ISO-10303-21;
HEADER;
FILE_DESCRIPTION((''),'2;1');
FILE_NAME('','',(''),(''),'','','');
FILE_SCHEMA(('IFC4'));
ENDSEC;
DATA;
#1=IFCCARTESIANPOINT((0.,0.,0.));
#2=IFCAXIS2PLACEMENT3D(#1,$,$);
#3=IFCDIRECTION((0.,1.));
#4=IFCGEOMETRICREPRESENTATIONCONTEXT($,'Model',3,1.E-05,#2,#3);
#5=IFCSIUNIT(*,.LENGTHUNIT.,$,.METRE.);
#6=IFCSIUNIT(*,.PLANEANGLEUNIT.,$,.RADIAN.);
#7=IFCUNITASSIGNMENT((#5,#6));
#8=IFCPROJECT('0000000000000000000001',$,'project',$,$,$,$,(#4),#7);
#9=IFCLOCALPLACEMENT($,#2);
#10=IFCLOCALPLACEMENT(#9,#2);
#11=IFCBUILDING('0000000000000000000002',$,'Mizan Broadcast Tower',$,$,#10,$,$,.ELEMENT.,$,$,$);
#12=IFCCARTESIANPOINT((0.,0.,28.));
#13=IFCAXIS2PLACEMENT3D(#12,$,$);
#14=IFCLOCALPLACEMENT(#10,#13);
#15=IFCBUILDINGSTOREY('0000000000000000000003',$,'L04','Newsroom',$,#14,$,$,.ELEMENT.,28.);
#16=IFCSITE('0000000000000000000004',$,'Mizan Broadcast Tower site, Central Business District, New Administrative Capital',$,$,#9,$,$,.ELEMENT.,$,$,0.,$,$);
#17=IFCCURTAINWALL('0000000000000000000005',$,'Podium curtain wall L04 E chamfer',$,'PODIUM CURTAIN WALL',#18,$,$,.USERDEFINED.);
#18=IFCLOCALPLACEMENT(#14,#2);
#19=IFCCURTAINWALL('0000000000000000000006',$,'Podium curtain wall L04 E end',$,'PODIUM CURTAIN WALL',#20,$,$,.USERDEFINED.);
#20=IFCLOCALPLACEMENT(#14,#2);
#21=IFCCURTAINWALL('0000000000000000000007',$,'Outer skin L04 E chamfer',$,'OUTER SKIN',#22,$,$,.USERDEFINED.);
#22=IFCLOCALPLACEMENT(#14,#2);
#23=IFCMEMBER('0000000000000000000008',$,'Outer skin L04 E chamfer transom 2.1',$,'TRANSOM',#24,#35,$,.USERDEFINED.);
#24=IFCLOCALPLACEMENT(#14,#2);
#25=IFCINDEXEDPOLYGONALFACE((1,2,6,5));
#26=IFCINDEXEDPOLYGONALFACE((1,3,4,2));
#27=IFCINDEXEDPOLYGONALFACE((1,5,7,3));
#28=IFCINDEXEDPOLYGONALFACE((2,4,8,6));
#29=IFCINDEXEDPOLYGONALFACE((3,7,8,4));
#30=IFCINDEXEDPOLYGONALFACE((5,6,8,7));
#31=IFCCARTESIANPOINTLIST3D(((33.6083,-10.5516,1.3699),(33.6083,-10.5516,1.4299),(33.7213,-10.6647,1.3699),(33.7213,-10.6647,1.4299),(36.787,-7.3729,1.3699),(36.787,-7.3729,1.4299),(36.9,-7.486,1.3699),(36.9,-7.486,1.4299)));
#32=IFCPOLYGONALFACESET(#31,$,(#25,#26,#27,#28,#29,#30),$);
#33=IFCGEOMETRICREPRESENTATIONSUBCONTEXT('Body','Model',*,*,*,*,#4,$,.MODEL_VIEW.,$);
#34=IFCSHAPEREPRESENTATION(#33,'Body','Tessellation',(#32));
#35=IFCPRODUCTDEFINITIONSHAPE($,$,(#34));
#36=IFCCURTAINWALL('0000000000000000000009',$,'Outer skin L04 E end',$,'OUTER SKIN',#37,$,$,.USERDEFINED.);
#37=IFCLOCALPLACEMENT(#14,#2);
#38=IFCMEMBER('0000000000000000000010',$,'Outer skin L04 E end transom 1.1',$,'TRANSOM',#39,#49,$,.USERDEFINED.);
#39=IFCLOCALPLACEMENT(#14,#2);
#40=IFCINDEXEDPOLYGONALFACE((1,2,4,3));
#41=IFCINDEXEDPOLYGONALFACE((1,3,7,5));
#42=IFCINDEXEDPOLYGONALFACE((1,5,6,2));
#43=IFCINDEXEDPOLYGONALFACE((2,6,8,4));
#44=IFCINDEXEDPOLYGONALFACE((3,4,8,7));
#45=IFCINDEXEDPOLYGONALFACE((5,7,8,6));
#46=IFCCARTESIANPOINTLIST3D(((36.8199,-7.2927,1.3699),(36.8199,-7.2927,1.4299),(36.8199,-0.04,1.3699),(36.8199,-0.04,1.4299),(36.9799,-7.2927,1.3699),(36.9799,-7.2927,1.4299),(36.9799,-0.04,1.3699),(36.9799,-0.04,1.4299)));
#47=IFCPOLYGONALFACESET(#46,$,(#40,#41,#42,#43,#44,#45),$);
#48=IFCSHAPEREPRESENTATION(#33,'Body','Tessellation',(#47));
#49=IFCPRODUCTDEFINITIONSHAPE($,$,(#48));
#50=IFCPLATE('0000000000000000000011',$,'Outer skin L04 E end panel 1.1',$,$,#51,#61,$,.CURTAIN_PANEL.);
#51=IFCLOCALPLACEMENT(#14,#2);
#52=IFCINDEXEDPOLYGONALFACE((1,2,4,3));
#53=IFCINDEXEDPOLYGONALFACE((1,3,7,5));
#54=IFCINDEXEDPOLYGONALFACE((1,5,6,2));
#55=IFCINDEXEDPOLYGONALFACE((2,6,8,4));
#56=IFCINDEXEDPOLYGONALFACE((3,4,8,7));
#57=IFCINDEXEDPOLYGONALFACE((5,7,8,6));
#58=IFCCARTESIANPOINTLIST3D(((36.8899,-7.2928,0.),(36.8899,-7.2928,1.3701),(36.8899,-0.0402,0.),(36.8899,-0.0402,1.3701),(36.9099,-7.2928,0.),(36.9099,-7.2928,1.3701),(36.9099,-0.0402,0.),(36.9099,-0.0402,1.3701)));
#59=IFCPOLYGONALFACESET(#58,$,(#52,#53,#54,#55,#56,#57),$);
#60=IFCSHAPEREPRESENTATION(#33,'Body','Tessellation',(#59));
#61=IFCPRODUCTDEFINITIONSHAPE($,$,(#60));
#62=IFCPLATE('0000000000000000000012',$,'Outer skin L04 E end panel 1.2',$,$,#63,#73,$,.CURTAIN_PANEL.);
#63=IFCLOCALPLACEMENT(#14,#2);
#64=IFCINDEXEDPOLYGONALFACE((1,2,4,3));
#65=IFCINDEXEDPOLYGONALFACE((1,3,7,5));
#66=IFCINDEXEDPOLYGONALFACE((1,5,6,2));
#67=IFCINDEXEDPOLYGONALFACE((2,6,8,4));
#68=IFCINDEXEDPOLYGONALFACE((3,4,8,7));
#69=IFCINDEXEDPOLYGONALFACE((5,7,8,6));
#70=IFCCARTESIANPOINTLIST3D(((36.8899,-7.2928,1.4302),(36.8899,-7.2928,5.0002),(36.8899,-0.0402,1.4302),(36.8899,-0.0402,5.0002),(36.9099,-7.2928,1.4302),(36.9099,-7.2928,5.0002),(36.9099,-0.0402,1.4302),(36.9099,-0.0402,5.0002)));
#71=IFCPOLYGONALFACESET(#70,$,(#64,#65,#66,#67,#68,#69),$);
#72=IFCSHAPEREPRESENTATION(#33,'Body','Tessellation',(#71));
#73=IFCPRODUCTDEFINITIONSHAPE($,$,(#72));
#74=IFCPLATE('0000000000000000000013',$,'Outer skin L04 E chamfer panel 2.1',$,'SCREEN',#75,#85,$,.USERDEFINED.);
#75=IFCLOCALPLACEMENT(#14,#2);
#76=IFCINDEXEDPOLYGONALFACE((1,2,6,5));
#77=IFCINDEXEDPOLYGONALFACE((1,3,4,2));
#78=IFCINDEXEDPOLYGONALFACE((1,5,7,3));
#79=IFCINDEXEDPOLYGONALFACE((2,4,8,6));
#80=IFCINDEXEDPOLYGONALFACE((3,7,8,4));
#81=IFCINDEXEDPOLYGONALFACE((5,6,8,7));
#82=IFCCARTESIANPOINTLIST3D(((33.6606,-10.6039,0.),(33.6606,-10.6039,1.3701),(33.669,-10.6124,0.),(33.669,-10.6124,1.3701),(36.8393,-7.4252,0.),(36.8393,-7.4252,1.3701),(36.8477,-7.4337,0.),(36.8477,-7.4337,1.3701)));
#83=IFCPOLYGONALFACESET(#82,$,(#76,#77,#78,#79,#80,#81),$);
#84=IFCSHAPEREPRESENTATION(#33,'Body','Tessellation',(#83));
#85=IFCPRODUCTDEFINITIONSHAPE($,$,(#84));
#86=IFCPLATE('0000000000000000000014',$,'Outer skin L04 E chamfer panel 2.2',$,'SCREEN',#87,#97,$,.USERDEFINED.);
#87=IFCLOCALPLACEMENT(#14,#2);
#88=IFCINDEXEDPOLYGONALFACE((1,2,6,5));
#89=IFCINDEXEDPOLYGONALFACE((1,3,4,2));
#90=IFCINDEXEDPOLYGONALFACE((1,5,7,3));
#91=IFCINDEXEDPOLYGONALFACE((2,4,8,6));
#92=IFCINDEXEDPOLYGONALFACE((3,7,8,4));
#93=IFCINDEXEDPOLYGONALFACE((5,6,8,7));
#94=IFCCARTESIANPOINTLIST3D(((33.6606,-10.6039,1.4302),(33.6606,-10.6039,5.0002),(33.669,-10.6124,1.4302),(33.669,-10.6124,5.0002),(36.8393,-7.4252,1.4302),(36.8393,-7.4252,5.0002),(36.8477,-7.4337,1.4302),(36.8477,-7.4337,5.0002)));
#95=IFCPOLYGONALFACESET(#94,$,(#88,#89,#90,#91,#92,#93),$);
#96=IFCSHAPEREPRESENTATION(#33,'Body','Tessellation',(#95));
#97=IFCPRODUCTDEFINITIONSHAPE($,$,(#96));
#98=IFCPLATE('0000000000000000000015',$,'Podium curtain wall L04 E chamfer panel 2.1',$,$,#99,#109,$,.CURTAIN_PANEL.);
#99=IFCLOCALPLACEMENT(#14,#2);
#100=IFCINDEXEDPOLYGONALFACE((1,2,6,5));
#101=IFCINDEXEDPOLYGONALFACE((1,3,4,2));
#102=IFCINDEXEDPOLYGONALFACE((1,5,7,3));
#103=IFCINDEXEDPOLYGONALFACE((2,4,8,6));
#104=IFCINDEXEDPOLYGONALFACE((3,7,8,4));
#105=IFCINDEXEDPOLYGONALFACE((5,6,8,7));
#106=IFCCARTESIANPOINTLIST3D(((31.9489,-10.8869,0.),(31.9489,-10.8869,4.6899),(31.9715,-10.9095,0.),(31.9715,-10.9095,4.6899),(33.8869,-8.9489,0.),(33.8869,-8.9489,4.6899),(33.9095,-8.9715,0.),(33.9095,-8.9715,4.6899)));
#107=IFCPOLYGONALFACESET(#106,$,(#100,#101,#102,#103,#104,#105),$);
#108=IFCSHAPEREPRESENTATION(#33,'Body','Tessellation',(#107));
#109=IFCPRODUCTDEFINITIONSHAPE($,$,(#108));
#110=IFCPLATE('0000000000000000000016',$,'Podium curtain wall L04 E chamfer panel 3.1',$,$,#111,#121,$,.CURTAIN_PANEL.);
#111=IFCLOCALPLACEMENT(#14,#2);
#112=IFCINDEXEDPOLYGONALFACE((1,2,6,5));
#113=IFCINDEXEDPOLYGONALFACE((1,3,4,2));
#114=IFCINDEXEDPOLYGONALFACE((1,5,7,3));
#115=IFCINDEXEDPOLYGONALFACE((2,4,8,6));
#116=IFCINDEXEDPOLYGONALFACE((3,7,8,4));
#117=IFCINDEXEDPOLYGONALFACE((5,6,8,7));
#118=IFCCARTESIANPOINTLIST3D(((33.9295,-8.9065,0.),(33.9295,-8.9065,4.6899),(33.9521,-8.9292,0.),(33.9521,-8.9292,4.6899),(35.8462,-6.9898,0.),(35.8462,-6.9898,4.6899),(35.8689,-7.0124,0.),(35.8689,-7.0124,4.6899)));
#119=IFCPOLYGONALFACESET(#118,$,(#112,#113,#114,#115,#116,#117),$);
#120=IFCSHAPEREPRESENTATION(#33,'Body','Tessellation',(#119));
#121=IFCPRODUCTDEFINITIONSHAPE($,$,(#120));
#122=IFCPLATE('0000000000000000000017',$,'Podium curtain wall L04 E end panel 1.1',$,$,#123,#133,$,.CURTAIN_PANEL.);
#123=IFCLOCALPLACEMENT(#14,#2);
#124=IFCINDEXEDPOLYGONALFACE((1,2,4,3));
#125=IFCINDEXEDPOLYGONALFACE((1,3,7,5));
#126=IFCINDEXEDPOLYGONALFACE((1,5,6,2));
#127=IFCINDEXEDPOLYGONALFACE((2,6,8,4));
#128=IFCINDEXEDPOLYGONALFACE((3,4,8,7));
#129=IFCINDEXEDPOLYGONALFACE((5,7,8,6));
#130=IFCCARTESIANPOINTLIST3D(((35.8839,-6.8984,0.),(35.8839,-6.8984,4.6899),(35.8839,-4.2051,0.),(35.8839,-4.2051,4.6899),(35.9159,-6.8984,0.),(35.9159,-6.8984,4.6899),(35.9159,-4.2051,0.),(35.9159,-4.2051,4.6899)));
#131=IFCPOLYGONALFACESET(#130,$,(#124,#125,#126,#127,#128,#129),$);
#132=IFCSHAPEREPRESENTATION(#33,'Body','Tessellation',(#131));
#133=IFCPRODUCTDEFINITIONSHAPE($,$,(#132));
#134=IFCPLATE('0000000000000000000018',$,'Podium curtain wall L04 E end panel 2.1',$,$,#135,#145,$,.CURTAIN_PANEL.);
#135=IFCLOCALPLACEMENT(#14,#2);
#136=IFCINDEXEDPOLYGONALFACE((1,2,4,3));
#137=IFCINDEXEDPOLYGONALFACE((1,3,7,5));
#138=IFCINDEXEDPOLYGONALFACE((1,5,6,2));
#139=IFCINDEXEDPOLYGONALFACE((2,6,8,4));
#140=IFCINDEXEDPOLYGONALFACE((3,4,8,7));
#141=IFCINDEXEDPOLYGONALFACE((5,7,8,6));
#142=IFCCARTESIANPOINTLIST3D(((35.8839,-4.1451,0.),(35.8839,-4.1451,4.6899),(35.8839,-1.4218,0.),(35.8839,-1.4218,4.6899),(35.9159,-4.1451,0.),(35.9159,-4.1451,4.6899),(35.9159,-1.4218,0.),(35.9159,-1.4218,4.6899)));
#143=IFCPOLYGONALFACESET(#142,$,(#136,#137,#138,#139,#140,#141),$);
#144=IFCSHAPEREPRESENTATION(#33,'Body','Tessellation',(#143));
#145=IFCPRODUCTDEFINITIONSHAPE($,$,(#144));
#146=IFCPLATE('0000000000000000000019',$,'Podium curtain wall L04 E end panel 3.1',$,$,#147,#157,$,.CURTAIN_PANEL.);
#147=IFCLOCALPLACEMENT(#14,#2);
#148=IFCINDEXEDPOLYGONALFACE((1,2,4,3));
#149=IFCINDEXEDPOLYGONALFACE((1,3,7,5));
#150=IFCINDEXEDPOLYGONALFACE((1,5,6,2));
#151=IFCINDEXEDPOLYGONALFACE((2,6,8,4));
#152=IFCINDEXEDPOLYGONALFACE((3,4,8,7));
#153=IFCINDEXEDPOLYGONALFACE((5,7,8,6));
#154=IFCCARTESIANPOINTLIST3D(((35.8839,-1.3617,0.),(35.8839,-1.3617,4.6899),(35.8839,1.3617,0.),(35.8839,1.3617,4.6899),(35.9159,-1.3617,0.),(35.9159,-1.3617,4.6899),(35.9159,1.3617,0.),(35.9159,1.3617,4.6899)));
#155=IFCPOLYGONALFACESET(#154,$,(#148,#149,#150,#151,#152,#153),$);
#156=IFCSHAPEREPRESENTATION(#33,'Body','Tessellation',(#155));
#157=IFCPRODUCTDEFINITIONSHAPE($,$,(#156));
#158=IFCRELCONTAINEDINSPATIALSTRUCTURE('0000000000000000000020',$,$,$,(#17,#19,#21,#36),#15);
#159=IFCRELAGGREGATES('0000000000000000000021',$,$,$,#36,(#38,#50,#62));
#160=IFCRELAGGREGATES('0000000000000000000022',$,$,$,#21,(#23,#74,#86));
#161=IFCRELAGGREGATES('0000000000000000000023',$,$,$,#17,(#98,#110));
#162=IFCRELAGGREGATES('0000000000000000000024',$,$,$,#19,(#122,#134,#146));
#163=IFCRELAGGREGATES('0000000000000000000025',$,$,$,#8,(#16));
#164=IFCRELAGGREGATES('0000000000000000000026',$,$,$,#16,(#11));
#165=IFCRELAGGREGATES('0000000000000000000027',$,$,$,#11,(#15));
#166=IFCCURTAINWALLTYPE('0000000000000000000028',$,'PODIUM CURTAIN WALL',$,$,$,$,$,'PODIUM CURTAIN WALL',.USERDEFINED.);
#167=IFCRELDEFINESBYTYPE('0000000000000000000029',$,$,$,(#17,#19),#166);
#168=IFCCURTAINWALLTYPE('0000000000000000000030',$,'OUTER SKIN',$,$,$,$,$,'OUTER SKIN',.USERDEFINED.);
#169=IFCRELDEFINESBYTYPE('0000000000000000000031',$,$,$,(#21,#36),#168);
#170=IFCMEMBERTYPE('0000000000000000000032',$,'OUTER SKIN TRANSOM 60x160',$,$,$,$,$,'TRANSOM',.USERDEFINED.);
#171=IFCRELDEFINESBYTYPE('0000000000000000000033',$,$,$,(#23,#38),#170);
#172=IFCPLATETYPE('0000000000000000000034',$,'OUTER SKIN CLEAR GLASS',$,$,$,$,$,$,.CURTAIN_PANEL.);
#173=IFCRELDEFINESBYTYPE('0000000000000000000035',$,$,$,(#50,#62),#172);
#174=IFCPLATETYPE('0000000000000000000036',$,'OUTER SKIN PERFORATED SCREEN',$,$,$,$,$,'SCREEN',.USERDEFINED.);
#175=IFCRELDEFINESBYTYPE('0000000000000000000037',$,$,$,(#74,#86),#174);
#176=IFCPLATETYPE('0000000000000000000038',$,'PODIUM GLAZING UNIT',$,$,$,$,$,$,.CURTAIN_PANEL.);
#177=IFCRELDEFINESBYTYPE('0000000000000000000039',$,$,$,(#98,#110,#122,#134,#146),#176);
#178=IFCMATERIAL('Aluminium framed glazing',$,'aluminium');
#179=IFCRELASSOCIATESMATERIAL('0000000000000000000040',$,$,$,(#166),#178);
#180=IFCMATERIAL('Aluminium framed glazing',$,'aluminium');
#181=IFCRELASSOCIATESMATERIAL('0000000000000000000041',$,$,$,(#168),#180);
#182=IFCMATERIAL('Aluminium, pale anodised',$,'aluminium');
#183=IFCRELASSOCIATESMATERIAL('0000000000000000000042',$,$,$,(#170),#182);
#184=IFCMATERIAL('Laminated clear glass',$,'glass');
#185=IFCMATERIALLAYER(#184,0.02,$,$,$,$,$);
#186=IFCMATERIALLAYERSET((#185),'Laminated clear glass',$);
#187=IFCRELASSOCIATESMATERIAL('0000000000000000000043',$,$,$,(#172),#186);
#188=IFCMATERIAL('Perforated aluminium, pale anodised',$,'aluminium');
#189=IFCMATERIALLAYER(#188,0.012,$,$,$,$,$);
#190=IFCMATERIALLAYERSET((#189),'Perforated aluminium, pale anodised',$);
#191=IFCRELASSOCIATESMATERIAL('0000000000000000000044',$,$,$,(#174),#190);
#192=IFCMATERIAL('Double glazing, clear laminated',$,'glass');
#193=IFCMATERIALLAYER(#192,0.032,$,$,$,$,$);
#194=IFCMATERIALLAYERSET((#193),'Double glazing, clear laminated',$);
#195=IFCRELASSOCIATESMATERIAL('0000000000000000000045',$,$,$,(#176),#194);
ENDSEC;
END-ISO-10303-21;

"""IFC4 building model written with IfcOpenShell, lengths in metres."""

from ifc_helpers import new_model, si_unit, direction, frame, origin, origin_2d, place, context, subcontext, project, spatial, rectangle, extrude, material, layer, layer_set, material_profile, profile_set, type_object, element, aggregate, save


model = new_model("IFC4")

# Units and contexts
model_context = context("Model", 3, precision=1e-05, world=origin(), true_north=direction((0.0, 1.0)))
body_context = subcontext(model_context, "Body", "Model", "MODEL_VIEW")
ifc_project = project(units=[si_unit("LENGTHUNIT", "METRE"), si_unit("PLANEANGLEUNIT", "RADIAN")], contexts=[model_context])

# Site, building, storey
site_placement = place(None, origin())
site = spatial("IfcSite", under=ifc_project, at=site_placement, Name="Mizan Broadcast Tower site, Central Business District, New Administrative Capital", CompositionType="ELEMENT", RefElevation=0.0)
building_placement = place(site_placement, origin())
building = spatial("IfcBuilding", under=site, at=building_placement, Name="Mizan Broadcast Tower", CompositionType="ELEMENT")
storey_placement = place(building_placement, frame((0.0, 0.0, 28.0)))
storey = spatial("IfcBuildingStorey", under=building, at=storey_placement, Name="L04", Description="Newsroom", CompositionType="ELEMENT", Elevation=28.0)

# Curtain walls
ifc_material_1 = material(Name="Aluminium framed glazing", Category="aluminium")
curtain_wall_type_1 = type_object("IfcCurtainWallType", Name="PODIUM CURTAIN WALL", ElementType="PODIUM CURTAIN WALL", PredefinedType="USERDEFINED", material=ifc_material_1)
curtain_wall_1_placement = place(storey_placement, origin())
curtain_wall_1 = element("IfcCurtainWall", 1, at=curtain_wall_1_placement, inside=storey, type_object=curtain_wall_type_1, Name="Podium curtain wall L04 E chamfer", ObjectType="PODIUM CURTAIN WALL", PredefinedType="USERDEFINED")
curtain_wall_2_placement = place(storey_placement, origin())
curtain_wall_2 = element("IfcCurtainWall", 2, at=curtain_wall_2_placement, inside=storey, type_object=curtain_wall_type_1, Name="Podium curtain wall L04 E end", ObjectType="PODIUM CURTAIN WALL", PredefinedType="USERDEFINED")

# Curtain wall, member
ifc_material_2 = material(Name="Aluminium framed glazing", Category="aluminium")
curtain_wall_type_2 = type_object("IfcCurtainWallType", Name="OUTER SKIN", ElementType="OUTER SKIN", PredefinedType="USERDEFINED", material=ifc_material_2)
curtain_wall_3_placement = place(storey_placement, origin())
curtain_wall_3 = element("IfcCurtainWall", 3, at=curtain_wall_3_placement, inside=storey, type_object=curtain_wall_type_2, Name="Outer skin L04 E chamfer", ObjectType="OUTER SKIN", PredefinedType="USERDEFINED")
ifc_material_3 = material(Name="Aluminium, pale anodised", Category="aluminium")
ifc_material_profile_1 = material_profile(ifc_material_3, rectangle(XDim=0.1599, YDim=0.0601, at=origin_2d()), Name="TRANSOM 160x60")
ifc_profile_set_1 = profile_set([ifc_material_profile_1], Name="Aluminium, pale anodised")
member_type_1 = type_object("IfcMemberType", Name="OUTER SKIN TRANSOM 60x160", ElementType="TRANSOM", PredefinedType="USERDEFINED", material=ifc_profile_set_1)
member_1_placement = place(storey_placement, frame((33.6648, -10.6082, 1.3999), z_axis=(0.707107, 0.707107, 0.0), x_axis=(-0.707107, 0.707107, 0.0)))
member_1 = element("IfcMember", 4, at=member_1_placement, type_object=member_type_1, Name="Outer skin L04 E chamfer transom 2.1", ObjectType="TRANSOM", PredefinedType="USERDEFINED", context=body_context, shape_type="SweptSolid", body=[
    extrude(rectangle(XDim=0.1599, YDim=0.0601, at=origin_2d()), origin(), (0.0, 0.0, 1.0), 4.4954),
])

# Curtain wall, member, plates
curtain_wall_4_placement = place(storey_placement, origin())
curtain_wall_4 = element("IfcCurtainWall", 5, at=curtain_wall_4_placement, inside=storey, type_object=curtain_wall_type_2, Name="Outer skin L04 E end", ObjectType="OUTER SKIN", PredefinedType="USERDEFINED")
member_2_placement = place(storey_placement, frame((36.8999, -7.2927, 1.3999), z_axis=(0.0, 1.0, 0.0), x_axis=(-1.0, 0.0, 0.0)))
member_2 = element("IfcMember", 6, at=member_2_placement, type_object=member_type_1, Name="Outer skin L04 E end transom 1.1", ObjectType="TRANSOM", PredefinedType="USERDEFINED", context=body_context, shape_type="SweptSolid", body=[
    extrude(rectangle(XDim=0.1599, YDim=0.0601, at=origin_2d()), origin(), (0.0, 0.0, 1.0), 7.2527),
])
ifc_material_4 = material(Name="Laminated clear glass", Category="glass")
ifc_layer_1 = layer(ifc_material_4, 0.02)
ifc_layer_set_1 = layer_set([ifc_layer_1], Name="Laminated clear glass")
plate_type_1 = type_object("IfcPlateType", Name="OUTER SKIN CLEAR GLASS", PredefinedType="CURTAIN_PANEL", material=ifc_layer_set_1)
plate_1_placement = place(storey_placement, frame((36.8999, -3.6665, 0.0), z_axis=(0.0, 0.0, 1.0), x_axis=(0.0, 1.0, 0.0)))
plate_1 = element("IfcPlate", 7, at=plate_1_placement, type_object=plate_type_1, Name="Outer skin L04 E end panel 1.1", PredefinedType="CURTAIN_PANEL", context=body_context, shape_type="SweptSolid", body=[
    extrude(rectangle(XDim=7.2527, YDim=0.02, at=origin_2d()), origin(), (0.0, 0.0, 1.0), 1.3701),
])
plate_2_placement = place(storey_placement, frame((36.8999, -3.6665, 1.4302), z_axis=(0.0, 0.0, 1.0), x_axis=(0.0, 1.0, 0.0)))
plate_2 = element("IfcPlate", 8, at=plate_2_placement, type_object=plate_type_1, Name="Outer skin L04 E end panel 1.2", PredefinedType="CURTAIN_PANEL", context=body_context, shape_type="SweptSolid", body=[
    extrude(rectangle(XDim=7.2527, YDim=0.02, at=origin_2d()), origin(), (0.0, 0.0, 1.0), 3.5701),
])
aggregate(curtain_wall_4, [member_2, plate_1, plate_2])

# Plates
ifc_material_5 = material(Name="Perforated aluminium, pale anodised", Category="aluminium")
ifc_layer_2 = layer(ifc_material_5, 0.012)
ifc_layer_set_2 = layer_set([ifc_layer_2], Name="Perforated aluminium, pale anodised")
plate_type_2 = type_object("IfcPlateType", Name="OUTER SKIN PERFORATED SCREEN", ElementType="SCREEN", PredefinedType="USERDEFINED", material=ifc_layer_set_2)
plate_3_placement = place(storey_placement, frame((35.2542, -9.0188, 0.0), z_axis=(0.0, 0.0, 1.0), x_axis=(0.707107, 0.707107, 0.0)))
plate_3 = element("IfcPlate", 9, at=plate_3_placement, type_object=plate_type_2, Name="Outer skin L04 E chamfer panel 2.1", ObjectType="SCREEN", PredefinedType="USERDEFINED", context=body_context, shape_type="SweptSolid", body=[
    extrude(rectangle(XDim=4.4954, YDim=0.012, at=origin_2d()), origin(), (0.0, 0.0, 1.0), 1.3701),
])
plate_4_placement = place(storey_placement, frame((35.2542, -9.0188, 1.4302), z_axis=(0.0, 0.0, 1.0), x_axis=(0.707107, 0.707107, 0.0)))
plate_4 = element("IfcPlate", 10, at=plate_4_placement, type_object=plate_type_2, Name="Outer skin L04 E chamfer panel 2.2", ObjectType="SCREEN", PredefinedType="USERDEFINED", context=body_context, shape_type="SweptSolid", body=[
    extrude(rectangle(XDim=4.4954, YDim=0.012, at=origin_2d()), origin(), (0.0, 0.0, 1.0), 3.5701),
])
aggregate(curtain_wall_3, [member_1, plate_3, plate_4])
ifc_material_6 = material(Name="Double glazing, clear laminated", Category="glass")
ifc_layer_3 = layer(ifc_material_6, 0.032)
ifc_layer_set_3 = layer_set([ifc_layer_3], Name="Double glazing, clear laminated")
plate_type_3 = type_object("IfcPlateType", Name="PODIUM GLAZING UNIT", PredefinedType="CURTAIN_PANEL", material=ifc_layer_set_3)
plate_5_placement = place(storey_placement, frame((32.9292, -9.9292, 0.0), z_axis=(0.0, 0.0, 1.0), x_axis=(0.707107, 0.707107, 0.0)))
plate_5 = element("IfcPlate", 11, at=plate_5_placement, type_object=plate_type_3, Name="Podium curtain wall L04 E chamfer panel 2.1", PredefinedType="CURTAIN_PANEL", context=body_context, shape_type="SweptSolid", body=[
    extrude(rectangle(XDim=2.7407, YDim=0.032, at=origin_2d()), origin(), (0.0, 0.0, 1.0), 4.6899),
])
plate_6_placement = place(storey_placement, frame((34.8992, -7.9595, 0.0), z_axis=(0.0, 0.0, 1.0), x_axis=(0.707107, 0.707107, 0.0)))
plate_6 = element("IfcPlate", 12, at=plate_6_placement, type_object=plate_type_3, Name="Podium curtain wall L04 E chamfer panel 3.1", PredefinedType="CURTAIN_PANEL", context=body_context, shape_type="SweptSolid", body=[
    extrude(rectangle(XDim=2.7107, YDim=0.032, at=origin_2d()), origin(), (0.0, 0.0, 1.0), 4.6899),
])
aggregate(curtain_wall_1, [plate_5, plate_6])
plate_7_placement = place(storey_placement, frame((35.8999, -5.5518, 0.0), z_axis=(0.0, 0.0, 1.0), x_axis=(0.0, 1.0, 0.0)))
plate_7 = element("IfcPlate", 13, at=plate_7_placement, type_object=plate_type_3, Name="Podium curtain wall L04 E end panel 1.1", PredefinedType="CURTAIN_PANEL", context=body_context, shape_type="SweptSolid", body=[
    extrude(rectangle(XDim=2.6934, YDim=0.032, at=origin_2d()), origin(), (0.0, 0.0, 1.0), 4.6899),
])
plate_8_placement = place(storey_placement, frame((35.8999, -2.7834, 0.0), z_axis=(0.0, 0.0, 1.0), x_axis=(0.0, 1.0, 0.0)))
plate_8 = element("IfcPlate", 14, at=plate_8_placement, type_object=plate_type_3, Name="Podium curtain wall L04 E end panel 2.1", PredefinedType="CURTAIN_PANEL", context=body_context, shape_type="SweptSolid", body=[
    extrude(rectangle(XDim=2.7234, YDim=0.032, at=origin_2d()), origin(), (0.0, 0.0, 1.0), 4.6899),
])
plate_9_placement = place(storey_placement, frame((35.8999, 0.0, 0.0), z_axis=(0.0, 0.0, 1.0), x_axis=(0.0, 1.0, 0.0)))
plate_9 = element("IfcPlate", 15, at=plate_9_placement, type_object=plate_type_3, Name="Podium curtain wall L04 E end panel 3.1", PredefinedType="CURTAIN_PANEL", context=body_context, shape_type="SweptSolid", body=[
    extrude(rectangle(XDim=2.7234, YDim=0.032, at=origin_2d()), origin(), (0.0, 0.0, 1.0), 4.6899),
])
aggregate(curtain_wall_2, [plate_7, plate_8, plate_9])

save(model, "model.ifc")
